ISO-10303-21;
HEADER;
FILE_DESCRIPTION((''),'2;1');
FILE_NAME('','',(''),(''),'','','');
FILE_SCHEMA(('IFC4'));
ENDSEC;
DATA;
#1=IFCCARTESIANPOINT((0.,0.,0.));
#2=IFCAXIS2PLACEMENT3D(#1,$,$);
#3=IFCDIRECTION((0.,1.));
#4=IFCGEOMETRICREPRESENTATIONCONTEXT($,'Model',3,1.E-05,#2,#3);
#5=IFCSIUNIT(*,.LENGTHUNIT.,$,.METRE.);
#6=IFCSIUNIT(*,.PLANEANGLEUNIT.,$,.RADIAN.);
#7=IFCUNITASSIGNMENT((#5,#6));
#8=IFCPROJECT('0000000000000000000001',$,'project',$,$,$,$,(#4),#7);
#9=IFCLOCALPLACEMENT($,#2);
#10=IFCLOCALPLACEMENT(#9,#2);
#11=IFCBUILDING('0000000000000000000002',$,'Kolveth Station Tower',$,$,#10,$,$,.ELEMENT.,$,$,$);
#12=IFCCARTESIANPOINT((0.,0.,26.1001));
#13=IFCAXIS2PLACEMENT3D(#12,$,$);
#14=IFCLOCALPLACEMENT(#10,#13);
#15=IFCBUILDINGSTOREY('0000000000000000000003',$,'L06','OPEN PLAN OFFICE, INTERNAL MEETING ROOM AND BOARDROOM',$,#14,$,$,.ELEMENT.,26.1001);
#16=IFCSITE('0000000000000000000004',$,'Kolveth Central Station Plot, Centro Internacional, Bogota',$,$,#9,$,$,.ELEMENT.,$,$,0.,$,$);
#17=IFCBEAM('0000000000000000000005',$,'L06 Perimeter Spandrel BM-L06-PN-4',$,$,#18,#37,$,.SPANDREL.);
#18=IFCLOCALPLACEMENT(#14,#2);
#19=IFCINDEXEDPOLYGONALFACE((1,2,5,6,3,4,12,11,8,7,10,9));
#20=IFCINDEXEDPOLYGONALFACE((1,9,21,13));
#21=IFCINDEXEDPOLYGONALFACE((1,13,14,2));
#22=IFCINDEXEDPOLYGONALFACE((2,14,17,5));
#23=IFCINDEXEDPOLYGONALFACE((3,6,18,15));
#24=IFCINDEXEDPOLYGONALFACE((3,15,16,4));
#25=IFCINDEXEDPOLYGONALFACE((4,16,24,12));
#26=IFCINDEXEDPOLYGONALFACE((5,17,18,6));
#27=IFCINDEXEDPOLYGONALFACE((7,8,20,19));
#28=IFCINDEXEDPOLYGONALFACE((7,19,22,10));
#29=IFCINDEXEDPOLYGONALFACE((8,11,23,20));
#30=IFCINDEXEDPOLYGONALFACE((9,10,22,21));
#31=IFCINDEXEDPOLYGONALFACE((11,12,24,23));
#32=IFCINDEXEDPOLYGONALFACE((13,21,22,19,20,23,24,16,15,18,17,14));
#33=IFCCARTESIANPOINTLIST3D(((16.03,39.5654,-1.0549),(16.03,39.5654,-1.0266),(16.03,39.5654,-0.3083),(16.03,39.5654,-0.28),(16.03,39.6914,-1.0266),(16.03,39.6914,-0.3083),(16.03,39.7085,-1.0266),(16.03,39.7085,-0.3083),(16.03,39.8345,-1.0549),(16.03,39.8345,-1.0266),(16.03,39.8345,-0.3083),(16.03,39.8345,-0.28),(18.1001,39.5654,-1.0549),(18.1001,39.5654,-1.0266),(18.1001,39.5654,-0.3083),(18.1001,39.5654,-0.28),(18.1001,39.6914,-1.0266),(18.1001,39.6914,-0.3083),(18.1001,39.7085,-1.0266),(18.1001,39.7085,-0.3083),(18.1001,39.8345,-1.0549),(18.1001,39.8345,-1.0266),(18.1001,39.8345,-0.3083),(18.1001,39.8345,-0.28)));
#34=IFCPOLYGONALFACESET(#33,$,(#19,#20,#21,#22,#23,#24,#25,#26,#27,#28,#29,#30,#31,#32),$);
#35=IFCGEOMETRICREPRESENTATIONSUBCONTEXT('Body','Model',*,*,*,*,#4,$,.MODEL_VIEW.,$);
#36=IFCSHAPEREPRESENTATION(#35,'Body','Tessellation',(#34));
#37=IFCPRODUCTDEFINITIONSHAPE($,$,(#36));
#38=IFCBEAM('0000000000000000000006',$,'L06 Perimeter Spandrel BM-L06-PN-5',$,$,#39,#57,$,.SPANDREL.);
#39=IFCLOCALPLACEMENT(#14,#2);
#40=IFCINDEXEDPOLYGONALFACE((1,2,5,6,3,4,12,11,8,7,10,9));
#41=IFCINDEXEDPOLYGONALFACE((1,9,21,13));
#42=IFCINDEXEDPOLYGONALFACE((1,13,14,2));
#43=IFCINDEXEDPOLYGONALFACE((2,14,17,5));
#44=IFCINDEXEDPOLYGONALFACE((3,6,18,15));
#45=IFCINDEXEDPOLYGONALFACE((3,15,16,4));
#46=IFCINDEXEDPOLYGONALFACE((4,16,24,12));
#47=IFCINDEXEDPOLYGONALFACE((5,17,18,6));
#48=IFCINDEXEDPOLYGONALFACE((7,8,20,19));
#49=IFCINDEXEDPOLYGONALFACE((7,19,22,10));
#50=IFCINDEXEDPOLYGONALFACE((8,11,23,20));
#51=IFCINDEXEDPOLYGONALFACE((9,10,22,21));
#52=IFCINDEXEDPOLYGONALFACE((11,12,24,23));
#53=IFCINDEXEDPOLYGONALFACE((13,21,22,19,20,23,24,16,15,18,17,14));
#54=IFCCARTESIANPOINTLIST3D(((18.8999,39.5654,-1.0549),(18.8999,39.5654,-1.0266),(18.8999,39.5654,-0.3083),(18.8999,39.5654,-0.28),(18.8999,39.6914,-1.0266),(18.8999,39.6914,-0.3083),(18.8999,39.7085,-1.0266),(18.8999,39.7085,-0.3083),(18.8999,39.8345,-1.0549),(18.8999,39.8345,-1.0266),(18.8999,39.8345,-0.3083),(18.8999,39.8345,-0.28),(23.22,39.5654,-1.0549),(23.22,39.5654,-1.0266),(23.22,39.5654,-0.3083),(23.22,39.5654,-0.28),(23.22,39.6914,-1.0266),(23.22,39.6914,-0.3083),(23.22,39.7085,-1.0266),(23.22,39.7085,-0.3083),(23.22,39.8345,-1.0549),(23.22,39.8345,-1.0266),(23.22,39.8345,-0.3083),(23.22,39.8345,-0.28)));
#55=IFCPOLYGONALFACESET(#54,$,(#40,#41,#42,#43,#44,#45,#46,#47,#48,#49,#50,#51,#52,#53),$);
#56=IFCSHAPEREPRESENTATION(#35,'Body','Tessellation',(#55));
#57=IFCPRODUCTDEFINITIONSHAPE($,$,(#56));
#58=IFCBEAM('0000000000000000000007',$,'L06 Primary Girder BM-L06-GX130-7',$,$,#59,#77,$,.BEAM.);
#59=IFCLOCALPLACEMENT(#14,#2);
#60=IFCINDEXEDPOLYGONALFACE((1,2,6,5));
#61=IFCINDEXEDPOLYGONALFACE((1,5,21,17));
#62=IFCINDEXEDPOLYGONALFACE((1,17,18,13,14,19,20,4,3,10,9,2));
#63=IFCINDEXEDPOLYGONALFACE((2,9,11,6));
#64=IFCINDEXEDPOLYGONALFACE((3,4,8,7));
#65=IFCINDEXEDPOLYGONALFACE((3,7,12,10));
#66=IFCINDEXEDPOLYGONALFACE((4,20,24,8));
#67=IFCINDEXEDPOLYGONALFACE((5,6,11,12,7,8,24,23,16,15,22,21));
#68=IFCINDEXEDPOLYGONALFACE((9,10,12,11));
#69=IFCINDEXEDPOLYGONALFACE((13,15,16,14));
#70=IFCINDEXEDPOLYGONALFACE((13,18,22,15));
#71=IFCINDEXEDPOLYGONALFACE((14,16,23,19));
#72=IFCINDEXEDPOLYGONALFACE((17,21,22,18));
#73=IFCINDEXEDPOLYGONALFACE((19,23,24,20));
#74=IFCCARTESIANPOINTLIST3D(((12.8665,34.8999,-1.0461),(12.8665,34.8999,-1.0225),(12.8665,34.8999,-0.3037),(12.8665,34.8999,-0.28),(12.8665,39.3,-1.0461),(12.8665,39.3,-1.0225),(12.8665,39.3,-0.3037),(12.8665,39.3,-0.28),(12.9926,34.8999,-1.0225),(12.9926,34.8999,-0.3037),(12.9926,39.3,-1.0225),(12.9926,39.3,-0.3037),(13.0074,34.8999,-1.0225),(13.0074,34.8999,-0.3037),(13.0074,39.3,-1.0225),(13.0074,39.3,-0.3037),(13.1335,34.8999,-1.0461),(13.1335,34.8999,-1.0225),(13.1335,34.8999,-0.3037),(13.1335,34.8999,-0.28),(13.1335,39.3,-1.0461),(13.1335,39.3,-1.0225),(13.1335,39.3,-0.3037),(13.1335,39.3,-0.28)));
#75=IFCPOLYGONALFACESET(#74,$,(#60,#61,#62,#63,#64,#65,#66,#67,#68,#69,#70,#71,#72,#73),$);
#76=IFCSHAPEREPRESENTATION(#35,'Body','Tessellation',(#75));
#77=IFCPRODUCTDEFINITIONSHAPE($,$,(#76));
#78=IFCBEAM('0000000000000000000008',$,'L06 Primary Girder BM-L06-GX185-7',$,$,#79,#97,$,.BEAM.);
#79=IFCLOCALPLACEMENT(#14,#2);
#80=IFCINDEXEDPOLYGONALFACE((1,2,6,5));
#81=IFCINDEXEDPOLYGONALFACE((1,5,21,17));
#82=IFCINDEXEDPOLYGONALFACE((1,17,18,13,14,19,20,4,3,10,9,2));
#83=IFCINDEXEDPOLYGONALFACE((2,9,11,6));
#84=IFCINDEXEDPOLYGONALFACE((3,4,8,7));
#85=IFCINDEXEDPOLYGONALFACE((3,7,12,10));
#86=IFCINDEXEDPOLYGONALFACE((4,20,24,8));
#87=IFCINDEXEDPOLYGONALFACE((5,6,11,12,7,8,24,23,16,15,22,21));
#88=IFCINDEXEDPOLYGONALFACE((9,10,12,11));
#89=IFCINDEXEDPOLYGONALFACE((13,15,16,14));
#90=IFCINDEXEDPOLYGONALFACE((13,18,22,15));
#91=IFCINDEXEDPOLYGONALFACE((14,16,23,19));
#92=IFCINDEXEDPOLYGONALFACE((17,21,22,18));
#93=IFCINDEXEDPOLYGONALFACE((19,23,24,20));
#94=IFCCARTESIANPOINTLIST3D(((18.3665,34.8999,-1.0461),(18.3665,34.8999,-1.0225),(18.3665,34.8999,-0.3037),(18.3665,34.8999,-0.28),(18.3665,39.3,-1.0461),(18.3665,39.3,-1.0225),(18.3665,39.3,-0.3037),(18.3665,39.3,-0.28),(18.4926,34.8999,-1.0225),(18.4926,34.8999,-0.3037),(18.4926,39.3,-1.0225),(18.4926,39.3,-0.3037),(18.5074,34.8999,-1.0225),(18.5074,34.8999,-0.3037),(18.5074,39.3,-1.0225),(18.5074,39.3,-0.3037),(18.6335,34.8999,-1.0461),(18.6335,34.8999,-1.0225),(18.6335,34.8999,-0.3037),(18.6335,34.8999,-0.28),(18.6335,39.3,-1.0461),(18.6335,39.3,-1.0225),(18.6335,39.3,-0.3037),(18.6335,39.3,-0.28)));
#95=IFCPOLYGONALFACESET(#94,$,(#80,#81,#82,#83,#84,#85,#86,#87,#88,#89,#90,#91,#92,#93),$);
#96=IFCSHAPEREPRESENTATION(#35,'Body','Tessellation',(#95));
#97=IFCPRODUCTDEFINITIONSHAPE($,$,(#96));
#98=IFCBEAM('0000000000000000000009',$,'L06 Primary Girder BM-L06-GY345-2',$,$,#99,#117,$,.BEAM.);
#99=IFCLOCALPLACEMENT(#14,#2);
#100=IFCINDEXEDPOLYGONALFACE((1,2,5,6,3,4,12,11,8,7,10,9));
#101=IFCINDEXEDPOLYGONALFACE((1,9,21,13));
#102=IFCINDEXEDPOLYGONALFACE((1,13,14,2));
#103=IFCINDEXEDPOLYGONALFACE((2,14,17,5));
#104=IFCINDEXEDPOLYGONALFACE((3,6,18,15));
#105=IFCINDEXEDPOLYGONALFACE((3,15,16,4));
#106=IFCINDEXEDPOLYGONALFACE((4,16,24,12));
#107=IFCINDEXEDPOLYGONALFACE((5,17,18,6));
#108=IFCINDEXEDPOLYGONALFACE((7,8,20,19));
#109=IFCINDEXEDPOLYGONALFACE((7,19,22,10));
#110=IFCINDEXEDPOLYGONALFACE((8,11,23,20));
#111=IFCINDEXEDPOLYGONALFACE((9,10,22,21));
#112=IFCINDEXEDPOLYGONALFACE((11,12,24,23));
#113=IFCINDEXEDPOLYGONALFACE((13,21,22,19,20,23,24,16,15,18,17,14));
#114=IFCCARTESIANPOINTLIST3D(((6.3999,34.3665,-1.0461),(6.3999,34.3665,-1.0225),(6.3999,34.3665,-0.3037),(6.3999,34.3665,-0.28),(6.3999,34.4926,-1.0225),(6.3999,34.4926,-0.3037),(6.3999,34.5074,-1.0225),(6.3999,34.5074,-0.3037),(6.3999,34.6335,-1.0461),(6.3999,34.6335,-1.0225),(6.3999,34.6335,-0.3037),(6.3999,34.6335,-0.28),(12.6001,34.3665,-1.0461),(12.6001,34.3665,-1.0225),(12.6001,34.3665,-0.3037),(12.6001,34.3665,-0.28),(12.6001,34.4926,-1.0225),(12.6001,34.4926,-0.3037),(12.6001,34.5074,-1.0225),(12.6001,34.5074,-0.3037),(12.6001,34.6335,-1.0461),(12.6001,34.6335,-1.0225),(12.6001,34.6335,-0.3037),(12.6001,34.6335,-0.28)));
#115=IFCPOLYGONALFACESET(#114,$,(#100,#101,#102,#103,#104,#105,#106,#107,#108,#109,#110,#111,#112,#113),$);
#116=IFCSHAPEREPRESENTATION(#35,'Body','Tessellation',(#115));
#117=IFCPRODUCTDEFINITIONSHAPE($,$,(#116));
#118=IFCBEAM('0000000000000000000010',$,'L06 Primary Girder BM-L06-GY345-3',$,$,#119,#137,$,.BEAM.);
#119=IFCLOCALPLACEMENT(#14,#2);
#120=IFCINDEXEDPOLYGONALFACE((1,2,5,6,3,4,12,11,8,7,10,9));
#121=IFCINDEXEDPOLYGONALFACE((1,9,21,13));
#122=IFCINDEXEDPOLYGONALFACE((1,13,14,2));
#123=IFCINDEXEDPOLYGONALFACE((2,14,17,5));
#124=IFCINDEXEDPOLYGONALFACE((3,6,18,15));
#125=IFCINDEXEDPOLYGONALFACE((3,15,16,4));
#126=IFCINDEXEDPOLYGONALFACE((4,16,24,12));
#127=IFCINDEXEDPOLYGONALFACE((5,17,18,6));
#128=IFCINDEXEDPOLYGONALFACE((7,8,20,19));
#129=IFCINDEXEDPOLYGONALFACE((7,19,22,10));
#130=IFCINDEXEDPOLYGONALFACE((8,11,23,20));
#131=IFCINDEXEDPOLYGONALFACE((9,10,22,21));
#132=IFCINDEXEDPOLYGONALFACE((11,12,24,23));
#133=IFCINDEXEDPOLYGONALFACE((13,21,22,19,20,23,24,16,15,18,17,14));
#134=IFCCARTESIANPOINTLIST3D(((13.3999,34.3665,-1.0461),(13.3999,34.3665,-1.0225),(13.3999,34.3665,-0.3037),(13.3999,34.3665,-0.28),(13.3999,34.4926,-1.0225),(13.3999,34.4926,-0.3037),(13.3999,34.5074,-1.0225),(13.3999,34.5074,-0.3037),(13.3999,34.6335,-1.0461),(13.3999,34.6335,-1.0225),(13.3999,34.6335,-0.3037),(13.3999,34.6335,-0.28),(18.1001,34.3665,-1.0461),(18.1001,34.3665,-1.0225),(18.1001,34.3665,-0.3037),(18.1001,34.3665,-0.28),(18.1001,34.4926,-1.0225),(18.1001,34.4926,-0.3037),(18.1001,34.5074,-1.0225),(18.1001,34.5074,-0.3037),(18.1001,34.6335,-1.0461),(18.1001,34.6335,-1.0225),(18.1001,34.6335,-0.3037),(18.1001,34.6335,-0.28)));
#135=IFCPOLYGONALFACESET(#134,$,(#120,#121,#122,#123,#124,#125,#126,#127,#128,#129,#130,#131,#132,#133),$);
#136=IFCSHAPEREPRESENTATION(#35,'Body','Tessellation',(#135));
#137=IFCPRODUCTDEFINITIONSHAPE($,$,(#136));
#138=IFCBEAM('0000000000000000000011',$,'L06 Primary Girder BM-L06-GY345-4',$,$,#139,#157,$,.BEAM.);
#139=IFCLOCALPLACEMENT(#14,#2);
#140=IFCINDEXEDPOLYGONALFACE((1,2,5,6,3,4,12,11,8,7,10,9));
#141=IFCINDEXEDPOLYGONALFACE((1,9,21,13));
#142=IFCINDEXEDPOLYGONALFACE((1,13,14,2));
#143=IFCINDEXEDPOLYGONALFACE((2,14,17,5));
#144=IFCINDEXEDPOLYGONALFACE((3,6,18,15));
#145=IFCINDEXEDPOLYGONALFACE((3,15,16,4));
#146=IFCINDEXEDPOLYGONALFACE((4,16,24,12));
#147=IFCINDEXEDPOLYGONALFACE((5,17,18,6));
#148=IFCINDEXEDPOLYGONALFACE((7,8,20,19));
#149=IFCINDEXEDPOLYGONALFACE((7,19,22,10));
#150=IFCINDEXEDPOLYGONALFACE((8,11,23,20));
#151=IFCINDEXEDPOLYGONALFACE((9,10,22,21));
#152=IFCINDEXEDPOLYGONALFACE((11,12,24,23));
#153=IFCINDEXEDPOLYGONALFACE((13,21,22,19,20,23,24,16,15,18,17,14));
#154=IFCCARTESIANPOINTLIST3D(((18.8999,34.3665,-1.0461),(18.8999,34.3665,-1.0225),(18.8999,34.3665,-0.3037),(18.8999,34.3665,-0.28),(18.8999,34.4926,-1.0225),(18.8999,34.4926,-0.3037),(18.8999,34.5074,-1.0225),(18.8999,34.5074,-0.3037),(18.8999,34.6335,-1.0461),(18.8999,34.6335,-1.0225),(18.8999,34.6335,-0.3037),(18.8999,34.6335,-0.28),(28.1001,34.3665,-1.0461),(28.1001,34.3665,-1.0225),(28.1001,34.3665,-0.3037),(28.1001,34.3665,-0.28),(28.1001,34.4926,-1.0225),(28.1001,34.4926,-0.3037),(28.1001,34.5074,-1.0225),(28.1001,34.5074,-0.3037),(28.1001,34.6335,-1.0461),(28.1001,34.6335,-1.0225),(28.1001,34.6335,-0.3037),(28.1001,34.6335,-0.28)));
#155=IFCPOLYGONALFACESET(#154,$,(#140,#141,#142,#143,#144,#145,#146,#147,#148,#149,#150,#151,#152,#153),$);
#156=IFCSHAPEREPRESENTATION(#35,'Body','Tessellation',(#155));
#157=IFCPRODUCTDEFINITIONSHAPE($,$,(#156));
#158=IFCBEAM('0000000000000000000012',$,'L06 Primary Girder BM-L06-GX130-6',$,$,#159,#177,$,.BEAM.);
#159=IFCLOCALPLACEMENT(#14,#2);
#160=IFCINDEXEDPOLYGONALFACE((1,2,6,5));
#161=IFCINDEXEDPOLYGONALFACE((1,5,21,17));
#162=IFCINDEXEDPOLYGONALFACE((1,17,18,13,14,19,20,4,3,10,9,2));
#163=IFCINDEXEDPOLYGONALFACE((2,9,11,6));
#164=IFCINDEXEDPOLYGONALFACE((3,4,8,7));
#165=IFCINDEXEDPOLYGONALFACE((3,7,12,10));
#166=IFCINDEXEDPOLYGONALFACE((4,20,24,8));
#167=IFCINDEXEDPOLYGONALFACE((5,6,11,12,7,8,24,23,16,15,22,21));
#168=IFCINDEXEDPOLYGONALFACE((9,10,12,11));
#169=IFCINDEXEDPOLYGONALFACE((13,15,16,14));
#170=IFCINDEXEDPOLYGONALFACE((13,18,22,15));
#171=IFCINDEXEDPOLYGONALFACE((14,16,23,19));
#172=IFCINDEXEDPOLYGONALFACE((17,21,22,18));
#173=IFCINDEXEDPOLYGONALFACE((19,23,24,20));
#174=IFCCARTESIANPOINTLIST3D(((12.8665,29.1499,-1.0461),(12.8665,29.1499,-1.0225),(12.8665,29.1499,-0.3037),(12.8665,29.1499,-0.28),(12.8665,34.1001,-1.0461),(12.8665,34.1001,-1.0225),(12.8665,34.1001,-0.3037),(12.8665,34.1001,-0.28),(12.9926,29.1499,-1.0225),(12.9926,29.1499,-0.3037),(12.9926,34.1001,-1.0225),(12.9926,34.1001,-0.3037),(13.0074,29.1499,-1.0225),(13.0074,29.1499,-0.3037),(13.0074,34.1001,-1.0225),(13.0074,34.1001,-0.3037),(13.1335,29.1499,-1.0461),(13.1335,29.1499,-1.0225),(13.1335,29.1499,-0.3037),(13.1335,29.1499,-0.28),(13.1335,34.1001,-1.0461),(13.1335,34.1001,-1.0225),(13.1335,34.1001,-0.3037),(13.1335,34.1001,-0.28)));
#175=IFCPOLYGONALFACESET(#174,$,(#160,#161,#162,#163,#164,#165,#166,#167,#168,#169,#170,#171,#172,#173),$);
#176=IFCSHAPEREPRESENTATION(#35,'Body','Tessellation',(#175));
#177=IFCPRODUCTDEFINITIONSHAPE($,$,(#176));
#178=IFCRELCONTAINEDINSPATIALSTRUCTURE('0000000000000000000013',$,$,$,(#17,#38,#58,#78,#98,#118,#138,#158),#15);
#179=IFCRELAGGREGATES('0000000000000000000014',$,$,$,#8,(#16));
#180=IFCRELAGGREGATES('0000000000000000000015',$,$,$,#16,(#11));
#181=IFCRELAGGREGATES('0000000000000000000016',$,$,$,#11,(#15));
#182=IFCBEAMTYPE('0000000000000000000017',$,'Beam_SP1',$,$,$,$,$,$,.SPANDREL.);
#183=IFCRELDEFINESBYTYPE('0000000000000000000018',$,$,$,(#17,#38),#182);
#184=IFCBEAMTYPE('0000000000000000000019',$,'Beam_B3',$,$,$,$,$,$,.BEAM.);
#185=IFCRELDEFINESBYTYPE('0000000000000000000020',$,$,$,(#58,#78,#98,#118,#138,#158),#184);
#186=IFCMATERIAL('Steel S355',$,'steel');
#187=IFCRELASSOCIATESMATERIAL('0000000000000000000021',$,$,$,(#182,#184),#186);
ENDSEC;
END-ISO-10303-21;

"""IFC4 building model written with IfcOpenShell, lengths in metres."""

from ifc_helpers import new_model, si_unit, direction, frame, origin, origin_2d, place, context, subcontext, project, spatial, i_section, extrude, source, transform, mapped, material, material_profile, profile_set, type_object, element, save


model = new_model("IFC4")

# Units and contexts
model_context = context("Model", 3, precision=1e-05, world=origin(), true_north=direction((0.0, 1.0)))
body_context = subcontext(model_context, "Body", "Model", "MODEL_VIEW")
ifc_project = project(units=[si_unit("LENGTHUNIT", "METRE"), si_unit("PLANEANGLEUNIT", "RADIAN")], contexts=[model_context])

# Site, building, storey
site_placement = place(None, origin())
site = spatial("IfcSite", under=ifc_project, at=site_placement, Name="Kolveth Central Station Plot, Centro Internacional, Bogota", CompositionType="ELEMENT", RefElevation=0.0)
building_placement = place(site_placement, origin())
building = spatial("IfcBuilding", under=site, at=building_placement, Name="Kolveth Station Tower", CompositionType="ELEMENT")
storey_placement = place(building_placement, frame((0.0, 0.0, 26.1001)))
storey = spatial("IfcBuildingStorey", under=building, at=storey_placement, Name="L06", Description="OPEN PLAN OFFICE, INTERNAL MEETING ROOM AND BOARDROOM", CompositionType="ELEMENT", Elevation=26.1001)

# Shared definitions
ifc_material_1 = material(Name="Steel S355", Category="steel")

# Beams
ifc_material_profile_1 = material_profile(ifc_material_1, i_section(OverallWidth=0.269, OverallDepth=0.7749, WebThickness=0.0171, FlangeThickness=0.0283, at=origin_2d()), Name="W760x220")
ifc_profile_set_1 = profile_set([ifc_material_profile_1], Name="Steel S355")
beam_type_1 = type_object("IfcBeamType", Name="Beam_SP1", PredefinedType="SPANDREL", material=ifc_profile_set_1)
shared_shape_1 = source(origin(), body_context, "Body", "SweptSolid", [
    extrude(i_section(OverallWidth=0.269, OverallDepth=0.7749, WebThickness=0.0171, FlangeThickness=0.0283, at=origin_2d()), origin(), (0.0, 0.0, 1.0), 2.0701),
])
for number, where, z_axis, x_axis, name in (
    (1, (16.03, 39.7, -0.6675), (1.0, 0.0, 0.0), (0.0, 1.0, 0.0), "L06 Perimeter Spandrel BM-L06-PN-4"),
):
    element("IfcBeam", number, at=place(storey_placement, frame(where, z_axis=z_axis, x_axis=x_axis)), inside=storey, type_object=beam_type_1, Name=name, PredefinedType="SPANDREL", context=body_context, shape_type="MappedRepresentation", body=[
        mapped(shared_shape_1, transform((0.0, 0.0, 0.0), x_axis=(1.0, 0.0, 0.0), y_axis=(0.0, 1.0, 0.0), z_axis=(0.0, 0.0, 1.0), scale=1.0)),
    ])
shared_shape_2 = source(origin(), body_context, "Body", "SweptSolid", [
    extrude(i_section(OverallWidth=0.269, OverallDepth=0.7749, WebThickness=0.0171, FlangeThickness=0.0283, at=origin_2d()), origin(), (0.0, 0.0, 1.0), 4.3201),
])
beam_1_placement = place(storey_placement, frame((18.8999, 39.7, -0.6675), z_axis=(1.0, 0.0, 0.0), x_axis=(0.0, 1.0, 0.0)))
element("IfcBeam", 2, at=beam_1_placement, inside=storey, type_object=beam_type_1, Name="L06 Perimeter Spandrel BM-L06-PN-5", PredefinedType="SPANDREL", context=body_context, shape_type="MappedRepresentation", body=[
    mapped(shared_shape_2, transform((0.0, 0.0, 0.0), x_axis=(1.0, 0.0, 0.0), y_axis=(0.0, 1.0, 0.0), z_axis=(0.0, 0.0, 1.0), scale=1.0)),
])
ifc_material_profile_2 = material_profile(ifc_material_1, i_section(OverallWidth=0.2671, OverallDepth=0.7661, WebThickness=0.0149, FlangeThickness=0.0237, at=origin_2d()), Name="W760x185")
ifc_profile_set_2 = profile_set([ifc_material_profile_2], Name="Steel S355")
beam_type_2 = type_object("IfcBeamType", Name="Beam_B3", PredefinedType="BEAM", material=ifc_profile_set_2)
shared_shape_3 = source(origin(), body_context, "Body", "SweptSolid", [
    extrude(i_section(OverallWidth=0.2671, OverallDepth=0.7661, WebThickness=0.0149, FlangeThickness=0.0237, at=origin_2d()), origin(), (0.0, 0.0, 1.0), 4.4001),
])
for number, where, z_axis, x_axis, name in (
    (3, (13.0, 34.8999, -0.6631), (0.0, 1.0, 0.0), (-1.0, 0.0, 0.0), "L06 Primary Girder BM-L06-GX130-7"),
    (4, (18.5, 34.8999, -0.6631), (0.0, 1.0, 0.0), (-1.0, 0.0, 0.0), "L06 Primary Girder BM-L06-GX185-7"),
):
    element("IfcBeam", number, at=place(storey_placement, frame(where, z_axis=z_axis, x_axis=x_axis)), inside=storey, type_object=beam_type_2, Name=name, PredefinedType="BEAM", context=body_context, shape_type="MappedRepresentation", body=[
        mapped(shared_shape_3, transform((0.0, 0.0, 0.0), x_axis=(1.0, 0.0, 0.0), y_axis=(0.0, 1.0, 0.0), z_axis=(0.0, 0.0, 1.0), scale=1.0)),
    ])
shared_shape_4 = source(origin(), body_context, "Body", "SweptSolid", [
    extrude(i_section(OverallWidth=0.2671, OverallDepth=0.7661, WebThickness=0.0149, FlangeThickness=0.0237, at=origin_2d()), origin(), (0.0, 0.0, 1.0), 6.2002),
])
beam_2_placement = place(storey_placement, frame((6.3999, 34.5, -0.6631), z_axis=(1.0, 0.0, 0.0), x_axis=(0.0, 1.0, 0.0)))
element("IfcBeam", 5, at=beam_2_placement, inside=storey, type_object=beam_type_2, Name="L06 Primary Girder BM-L06-GY345-2", PredefinedType="BEAM", context=body_context, shape_type="MappedRepresentation", body=[
    mapped(shared_shape_4, transform((0.0, 0.0, 0.0), x_axis=(1.0, 0.0, 0.0), y_axis=(0.0, 1.0, 0.0), z_axis=(0.0, 0.0, 1.0), scale=1.0)),
])
shared_shape_5 = source(origin(), body_context, "Body", "SweptSolid", [
    extrude(i_section(OverallWidth=0.2671, OverallDepth=0.7661, WebThickness=0.0149, FlangeThickness=0.0237, at=origin_2d()), origin(), (0.0, 0.0, 1.0), 4.7002),
])
beam_3_placement = place(storey_placement, frame((13.3999, 34.5, -0.6631), z_axis=(1.0, 0.0, 0.0), x_axis=(0.0, 1.0, 0.0)))
element("IfcBeam", 6, at=beam_3_placement, inside=storey, type_object=beam_type_2, Name="L06 Primary Girder BM-L06-GY345-3", PredefinedType="BEAM", context=body_context, shape_type="MappedRepresentation", body=[
    mapped(shared_shape_5, transform((0.0, 0.0, 0.0), x_axis=(1.0, 0.0, 0.0), y_axis=(0.0, 1.0, 0.0), z_axis=(0.0, 0.0, 1.0), scale=1.0)),
])
shared_shape_6 = source(origin(), body_context, "Body", "SweptSolid", [
    extrude(i_section(OverallWidth=0.2671, OverallDepth=0.7661, WebThickness=0.0149, FlangeThickness=0.0237, at=origin_2d()), origin(), (0.0, 0.0, 1.0), 9.2002),
])
beam_4_placement = place(storey_placement, frame((18.8999, 34.5, -0.6631), z_axis=(1.0, 0.0, 0.0), x_axis=(0.0, 1.0, 0.0)))
element("IfcBeam", 7, at=beam_4_placement, inside=storey, type_object=beam_type_2, Name="L06 Primary Girder BM-L06-GY345-4", PredefinedType="BEAM", context=body_context, shape_type="MappedRepresentation", body=[
    mapped(shared_shape_6, transform((0.0, 0.0, 0.0), x_axis=(1.0, 0.0, 0.0), y_axis=(0.0, 1.0, 0.0), z_axis=(0.0, 0.0, 1.0), scale=1.0)),
])
shared_shape_7 = source(origin(), body_context, "Body", "SweptSolid", [
    extrude(i_section(OverallWidth=0.2671, OverallDepth=0.7661, WebThickness=0.0149, FlangeThickness=0.0237, at=origin_2d()), origin(), (0.0, 0.0, 1.0), 4.9502),
])
beam_5_placement = place(storey_placement, frame((13.0, 29.1499, -0.6631), z_axis=(0.0, 1.0, 0.0), x_axis=(-1.0, 0.0, 0.0)))
element("IfcBeam", 8, at=beam_5_placement, inside=storey, type_object=beam_type_2, Name="L06 Primary Girder BM-L06-GX130-6", PredefinedType="BEAM", context=body_context, shape_type="MappedRepresentation", body=[
    mapped(shared_shape_7, transform((0.0, 0.0, 0.0), x_axis=(1.0, 0.0, 0.0), y_axis=(0.0, 1.0, 0.0), z_axis=(0.0, 0.0, 1.0), scale=1.0)),
])

save(model, "model.ifc")
